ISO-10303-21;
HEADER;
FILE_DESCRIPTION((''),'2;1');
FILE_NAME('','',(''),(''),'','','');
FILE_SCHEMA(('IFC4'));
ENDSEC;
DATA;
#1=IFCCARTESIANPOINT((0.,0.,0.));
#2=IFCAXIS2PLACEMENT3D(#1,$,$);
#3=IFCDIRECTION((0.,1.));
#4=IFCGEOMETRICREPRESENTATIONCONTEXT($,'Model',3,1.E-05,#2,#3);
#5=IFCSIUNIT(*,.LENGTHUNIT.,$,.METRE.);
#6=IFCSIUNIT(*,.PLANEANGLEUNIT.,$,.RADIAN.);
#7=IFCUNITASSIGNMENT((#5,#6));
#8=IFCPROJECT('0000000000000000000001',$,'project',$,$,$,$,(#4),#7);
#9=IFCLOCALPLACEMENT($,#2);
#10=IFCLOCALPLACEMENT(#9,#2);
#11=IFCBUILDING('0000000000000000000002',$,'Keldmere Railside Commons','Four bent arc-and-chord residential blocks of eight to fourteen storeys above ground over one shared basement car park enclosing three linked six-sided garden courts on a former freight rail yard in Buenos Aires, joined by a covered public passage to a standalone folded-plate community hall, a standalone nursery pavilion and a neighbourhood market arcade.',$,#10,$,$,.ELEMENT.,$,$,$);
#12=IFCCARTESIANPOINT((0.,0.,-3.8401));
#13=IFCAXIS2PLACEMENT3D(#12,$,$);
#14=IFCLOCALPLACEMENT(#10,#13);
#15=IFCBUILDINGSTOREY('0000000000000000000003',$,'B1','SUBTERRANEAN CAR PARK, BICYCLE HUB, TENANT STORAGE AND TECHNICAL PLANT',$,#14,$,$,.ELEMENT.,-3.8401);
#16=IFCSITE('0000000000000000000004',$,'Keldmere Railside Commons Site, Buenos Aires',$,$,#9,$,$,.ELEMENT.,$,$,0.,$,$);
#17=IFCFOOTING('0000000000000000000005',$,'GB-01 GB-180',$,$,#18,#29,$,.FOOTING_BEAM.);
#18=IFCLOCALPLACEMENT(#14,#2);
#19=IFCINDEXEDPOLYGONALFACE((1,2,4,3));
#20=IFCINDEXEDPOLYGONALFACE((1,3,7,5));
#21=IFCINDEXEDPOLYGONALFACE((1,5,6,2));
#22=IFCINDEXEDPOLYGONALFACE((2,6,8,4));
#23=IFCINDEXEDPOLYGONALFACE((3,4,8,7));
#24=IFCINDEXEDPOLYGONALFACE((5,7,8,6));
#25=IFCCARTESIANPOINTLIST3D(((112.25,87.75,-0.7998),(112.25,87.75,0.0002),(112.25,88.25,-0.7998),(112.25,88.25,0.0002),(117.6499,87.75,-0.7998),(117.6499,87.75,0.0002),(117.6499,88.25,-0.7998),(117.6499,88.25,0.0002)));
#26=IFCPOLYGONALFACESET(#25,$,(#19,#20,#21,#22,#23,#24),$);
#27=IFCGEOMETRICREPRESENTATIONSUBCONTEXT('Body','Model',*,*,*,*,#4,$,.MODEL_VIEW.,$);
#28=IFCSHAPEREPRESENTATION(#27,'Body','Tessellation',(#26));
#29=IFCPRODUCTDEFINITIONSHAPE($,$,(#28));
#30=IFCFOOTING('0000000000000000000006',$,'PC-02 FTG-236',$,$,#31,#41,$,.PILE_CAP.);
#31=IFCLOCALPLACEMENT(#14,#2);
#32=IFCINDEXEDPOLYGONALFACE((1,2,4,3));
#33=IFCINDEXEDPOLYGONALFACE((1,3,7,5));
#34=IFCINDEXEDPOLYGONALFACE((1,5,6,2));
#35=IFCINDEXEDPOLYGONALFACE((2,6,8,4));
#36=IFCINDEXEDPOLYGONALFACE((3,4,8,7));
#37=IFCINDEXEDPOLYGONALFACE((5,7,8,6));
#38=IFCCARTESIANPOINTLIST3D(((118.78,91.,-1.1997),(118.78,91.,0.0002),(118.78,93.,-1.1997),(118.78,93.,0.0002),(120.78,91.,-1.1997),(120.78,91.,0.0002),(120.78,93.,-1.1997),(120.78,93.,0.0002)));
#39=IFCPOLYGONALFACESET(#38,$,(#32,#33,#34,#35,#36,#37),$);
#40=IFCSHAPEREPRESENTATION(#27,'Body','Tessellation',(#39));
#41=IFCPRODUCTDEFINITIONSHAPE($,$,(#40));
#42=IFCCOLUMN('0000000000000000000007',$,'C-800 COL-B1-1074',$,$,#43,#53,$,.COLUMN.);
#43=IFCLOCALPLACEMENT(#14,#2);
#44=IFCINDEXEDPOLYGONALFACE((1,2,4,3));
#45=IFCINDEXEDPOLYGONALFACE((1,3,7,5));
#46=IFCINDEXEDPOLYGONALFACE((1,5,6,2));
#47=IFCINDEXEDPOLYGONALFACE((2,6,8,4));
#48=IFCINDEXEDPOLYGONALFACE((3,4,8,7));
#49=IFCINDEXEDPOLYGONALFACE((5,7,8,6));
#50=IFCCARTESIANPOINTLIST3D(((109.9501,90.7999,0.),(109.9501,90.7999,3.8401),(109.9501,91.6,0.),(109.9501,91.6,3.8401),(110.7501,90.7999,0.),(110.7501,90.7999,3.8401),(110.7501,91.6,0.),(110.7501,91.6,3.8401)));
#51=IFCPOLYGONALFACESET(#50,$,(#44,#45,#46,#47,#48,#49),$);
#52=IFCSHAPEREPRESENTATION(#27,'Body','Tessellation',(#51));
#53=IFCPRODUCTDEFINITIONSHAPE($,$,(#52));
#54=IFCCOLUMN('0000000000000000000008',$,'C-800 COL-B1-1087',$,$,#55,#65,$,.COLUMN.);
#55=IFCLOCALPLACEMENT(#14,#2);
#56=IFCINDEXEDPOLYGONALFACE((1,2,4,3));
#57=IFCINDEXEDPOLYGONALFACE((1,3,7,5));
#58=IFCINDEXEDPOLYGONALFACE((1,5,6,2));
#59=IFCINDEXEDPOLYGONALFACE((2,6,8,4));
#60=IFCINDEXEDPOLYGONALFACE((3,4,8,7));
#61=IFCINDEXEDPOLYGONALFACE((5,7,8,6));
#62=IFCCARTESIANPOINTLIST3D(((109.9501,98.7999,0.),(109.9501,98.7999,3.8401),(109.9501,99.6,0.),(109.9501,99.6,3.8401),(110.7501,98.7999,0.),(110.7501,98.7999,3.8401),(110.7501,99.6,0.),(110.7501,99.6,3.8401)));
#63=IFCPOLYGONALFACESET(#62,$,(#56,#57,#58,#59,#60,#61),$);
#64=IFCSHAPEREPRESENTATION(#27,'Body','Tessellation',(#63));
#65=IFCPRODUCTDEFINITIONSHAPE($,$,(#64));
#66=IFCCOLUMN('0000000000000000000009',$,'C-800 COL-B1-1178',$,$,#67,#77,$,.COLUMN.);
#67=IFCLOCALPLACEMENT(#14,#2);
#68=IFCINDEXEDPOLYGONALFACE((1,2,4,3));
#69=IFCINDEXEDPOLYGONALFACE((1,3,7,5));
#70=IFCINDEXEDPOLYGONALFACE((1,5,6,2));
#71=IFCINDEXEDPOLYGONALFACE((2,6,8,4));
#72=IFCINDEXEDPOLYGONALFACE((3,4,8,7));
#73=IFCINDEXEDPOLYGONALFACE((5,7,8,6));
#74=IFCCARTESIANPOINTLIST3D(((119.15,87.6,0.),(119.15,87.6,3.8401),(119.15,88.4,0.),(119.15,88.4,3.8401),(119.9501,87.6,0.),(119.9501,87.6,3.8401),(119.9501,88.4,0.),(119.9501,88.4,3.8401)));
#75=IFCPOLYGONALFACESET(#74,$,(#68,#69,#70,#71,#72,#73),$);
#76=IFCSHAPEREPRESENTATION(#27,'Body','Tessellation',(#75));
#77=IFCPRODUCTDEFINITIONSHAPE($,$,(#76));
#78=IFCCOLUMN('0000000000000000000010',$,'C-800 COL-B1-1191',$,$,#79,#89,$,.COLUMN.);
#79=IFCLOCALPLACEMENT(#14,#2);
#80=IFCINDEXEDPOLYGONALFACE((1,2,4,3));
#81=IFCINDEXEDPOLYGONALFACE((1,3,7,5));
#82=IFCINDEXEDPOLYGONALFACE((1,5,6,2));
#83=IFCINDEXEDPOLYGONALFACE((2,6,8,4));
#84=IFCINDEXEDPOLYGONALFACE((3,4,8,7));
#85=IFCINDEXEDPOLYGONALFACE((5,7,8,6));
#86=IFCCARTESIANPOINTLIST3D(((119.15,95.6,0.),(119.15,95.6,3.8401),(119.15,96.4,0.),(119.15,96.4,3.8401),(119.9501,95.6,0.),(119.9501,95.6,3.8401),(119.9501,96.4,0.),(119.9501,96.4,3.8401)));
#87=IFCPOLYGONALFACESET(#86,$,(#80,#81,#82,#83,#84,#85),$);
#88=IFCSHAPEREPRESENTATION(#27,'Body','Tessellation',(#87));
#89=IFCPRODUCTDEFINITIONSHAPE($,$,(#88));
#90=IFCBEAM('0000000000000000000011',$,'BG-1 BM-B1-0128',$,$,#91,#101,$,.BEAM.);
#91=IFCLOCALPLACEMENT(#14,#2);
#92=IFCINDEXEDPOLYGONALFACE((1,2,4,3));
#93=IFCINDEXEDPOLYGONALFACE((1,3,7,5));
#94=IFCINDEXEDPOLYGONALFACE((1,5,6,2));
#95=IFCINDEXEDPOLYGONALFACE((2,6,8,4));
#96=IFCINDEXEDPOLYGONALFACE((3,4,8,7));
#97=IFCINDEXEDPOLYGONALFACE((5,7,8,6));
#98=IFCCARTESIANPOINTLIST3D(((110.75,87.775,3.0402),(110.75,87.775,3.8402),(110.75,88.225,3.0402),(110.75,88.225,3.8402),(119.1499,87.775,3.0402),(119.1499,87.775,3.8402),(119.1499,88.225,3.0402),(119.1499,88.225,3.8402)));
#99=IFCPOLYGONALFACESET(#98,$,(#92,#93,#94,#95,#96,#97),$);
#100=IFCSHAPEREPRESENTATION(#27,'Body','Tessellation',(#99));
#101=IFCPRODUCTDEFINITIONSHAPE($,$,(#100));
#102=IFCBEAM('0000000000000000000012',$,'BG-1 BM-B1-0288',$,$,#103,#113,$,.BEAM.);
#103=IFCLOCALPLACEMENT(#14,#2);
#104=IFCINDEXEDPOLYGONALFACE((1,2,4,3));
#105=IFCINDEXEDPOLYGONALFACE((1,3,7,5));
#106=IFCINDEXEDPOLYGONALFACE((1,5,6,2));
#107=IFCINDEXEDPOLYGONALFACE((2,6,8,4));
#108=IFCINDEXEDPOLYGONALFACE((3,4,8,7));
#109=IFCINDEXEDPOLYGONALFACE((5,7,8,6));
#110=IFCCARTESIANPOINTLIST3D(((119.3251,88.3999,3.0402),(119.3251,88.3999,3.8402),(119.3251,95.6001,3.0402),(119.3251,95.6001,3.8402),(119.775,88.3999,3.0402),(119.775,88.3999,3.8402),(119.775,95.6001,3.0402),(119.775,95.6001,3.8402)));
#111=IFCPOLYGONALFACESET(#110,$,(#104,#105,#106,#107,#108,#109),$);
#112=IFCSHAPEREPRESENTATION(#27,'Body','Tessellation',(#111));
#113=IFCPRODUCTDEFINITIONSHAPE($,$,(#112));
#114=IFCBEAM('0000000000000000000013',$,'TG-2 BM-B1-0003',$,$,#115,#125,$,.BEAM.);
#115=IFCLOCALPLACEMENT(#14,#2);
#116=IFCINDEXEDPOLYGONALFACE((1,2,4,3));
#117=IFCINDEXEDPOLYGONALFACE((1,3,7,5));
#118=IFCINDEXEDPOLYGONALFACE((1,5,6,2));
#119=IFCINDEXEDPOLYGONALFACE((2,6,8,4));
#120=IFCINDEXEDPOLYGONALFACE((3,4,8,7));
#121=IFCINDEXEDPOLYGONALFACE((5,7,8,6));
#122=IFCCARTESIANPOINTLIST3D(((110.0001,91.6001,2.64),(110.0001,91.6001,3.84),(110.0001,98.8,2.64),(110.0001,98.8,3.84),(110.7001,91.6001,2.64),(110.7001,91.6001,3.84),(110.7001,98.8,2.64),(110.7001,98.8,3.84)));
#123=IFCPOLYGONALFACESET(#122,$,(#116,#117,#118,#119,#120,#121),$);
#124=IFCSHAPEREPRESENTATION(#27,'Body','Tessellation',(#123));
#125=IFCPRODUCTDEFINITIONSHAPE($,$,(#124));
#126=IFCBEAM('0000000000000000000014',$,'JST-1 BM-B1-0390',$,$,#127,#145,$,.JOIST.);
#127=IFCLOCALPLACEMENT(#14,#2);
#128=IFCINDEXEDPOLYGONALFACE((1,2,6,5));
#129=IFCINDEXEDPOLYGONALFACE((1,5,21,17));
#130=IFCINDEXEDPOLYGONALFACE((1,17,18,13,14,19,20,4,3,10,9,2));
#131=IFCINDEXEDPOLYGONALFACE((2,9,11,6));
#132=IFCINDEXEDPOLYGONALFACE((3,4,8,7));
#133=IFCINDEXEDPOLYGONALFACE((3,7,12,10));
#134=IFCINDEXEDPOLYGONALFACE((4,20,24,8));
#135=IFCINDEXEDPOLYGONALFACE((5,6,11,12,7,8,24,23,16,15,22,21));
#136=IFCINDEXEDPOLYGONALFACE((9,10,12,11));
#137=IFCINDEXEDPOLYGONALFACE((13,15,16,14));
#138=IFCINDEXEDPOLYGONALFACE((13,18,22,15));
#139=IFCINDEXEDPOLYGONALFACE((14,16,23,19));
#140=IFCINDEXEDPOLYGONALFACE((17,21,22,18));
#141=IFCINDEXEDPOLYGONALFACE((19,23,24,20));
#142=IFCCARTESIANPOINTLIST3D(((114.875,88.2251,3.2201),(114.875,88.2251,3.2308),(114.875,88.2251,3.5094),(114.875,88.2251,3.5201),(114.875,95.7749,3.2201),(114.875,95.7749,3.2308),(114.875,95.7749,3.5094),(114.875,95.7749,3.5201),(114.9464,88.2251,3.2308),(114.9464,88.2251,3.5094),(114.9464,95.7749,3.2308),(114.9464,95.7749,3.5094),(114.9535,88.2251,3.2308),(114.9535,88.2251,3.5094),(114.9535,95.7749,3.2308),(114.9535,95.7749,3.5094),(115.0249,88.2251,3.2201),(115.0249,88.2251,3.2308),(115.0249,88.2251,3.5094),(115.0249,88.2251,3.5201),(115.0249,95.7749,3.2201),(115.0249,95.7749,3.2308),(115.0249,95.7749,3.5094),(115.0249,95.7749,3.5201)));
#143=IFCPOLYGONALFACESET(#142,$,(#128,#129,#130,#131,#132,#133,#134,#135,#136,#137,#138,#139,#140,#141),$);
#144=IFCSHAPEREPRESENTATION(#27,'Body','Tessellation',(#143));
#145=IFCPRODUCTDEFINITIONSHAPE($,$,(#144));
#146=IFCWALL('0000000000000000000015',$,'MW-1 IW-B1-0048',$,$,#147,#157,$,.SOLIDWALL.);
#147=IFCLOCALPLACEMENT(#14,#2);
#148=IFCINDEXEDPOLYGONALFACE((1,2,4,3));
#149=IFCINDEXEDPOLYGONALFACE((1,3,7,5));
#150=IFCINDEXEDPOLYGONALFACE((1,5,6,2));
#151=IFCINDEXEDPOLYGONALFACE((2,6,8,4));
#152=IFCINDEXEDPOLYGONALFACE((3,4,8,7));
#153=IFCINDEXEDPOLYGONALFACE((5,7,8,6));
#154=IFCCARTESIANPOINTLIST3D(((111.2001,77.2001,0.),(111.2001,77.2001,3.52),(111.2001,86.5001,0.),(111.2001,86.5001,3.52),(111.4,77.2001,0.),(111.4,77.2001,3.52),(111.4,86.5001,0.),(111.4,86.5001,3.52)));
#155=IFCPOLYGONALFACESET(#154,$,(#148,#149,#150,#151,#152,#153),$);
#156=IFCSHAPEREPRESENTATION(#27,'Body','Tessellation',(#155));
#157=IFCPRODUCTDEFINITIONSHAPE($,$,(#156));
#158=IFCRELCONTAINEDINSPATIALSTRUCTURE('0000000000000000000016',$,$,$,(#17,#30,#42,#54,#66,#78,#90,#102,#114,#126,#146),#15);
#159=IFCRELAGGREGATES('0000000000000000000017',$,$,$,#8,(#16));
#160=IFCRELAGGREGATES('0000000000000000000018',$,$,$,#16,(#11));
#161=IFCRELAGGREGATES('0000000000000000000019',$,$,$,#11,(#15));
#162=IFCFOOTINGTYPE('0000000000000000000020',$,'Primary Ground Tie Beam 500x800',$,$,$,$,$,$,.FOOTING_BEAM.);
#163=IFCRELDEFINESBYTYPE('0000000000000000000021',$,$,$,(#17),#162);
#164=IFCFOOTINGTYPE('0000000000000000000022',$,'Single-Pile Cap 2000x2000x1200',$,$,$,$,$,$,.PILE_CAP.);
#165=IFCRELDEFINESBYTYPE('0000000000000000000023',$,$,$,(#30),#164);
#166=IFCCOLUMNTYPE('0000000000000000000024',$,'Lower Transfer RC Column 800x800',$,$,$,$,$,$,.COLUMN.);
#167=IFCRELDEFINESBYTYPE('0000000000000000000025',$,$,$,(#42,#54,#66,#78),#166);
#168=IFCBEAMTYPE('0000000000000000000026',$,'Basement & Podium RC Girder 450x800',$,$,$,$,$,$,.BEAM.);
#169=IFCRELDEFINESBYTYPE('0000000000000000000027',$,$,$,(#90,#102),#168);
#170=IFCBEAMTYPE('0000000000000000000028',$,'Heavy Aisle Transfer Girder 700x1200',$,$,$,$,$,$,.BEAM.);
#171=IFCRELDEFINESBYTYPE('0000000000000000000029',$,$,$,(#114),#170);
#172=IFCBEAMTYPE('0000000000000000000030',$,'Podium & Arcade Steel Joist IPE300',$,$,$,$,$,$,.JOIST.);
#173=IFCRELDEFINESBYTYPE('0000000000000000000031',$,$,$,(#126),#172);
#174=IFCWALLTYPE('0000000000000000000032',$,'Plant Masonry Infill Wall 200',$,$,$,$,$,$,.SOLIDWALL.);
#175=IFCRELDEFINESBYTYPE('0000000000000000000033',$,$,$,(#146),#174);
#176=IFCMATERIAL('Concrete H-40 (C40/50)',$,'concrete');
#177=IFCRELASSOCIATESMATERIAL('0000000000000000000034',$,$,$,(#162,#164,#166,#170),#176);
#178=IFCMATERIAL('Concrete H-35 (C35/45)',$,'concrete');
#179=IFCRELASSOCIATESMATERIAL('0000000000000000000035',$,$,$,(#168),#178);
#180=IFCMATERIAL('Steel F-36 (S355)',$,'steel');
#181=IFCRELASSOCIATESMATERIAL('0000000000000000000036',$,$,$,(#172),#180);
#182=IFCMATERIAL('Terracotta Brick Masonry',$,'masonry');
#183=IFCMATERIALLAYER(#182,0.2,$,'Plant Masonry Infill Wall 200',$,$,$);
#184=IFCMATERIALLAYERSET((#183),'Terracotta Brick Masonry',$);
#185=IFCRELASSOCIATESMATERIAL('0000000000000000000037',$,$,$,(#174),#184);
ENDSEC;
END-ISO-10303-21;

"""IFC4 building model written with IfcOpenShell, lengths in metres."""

from ifc_helpers import new_model, si_unit, direction, frame, frame_2d, origin, origin_2d, place, context, subcontext, project, spatial, rectangle, i_section, extrude, material, layer, layer_set, material_profile, profile_set, type_object, element, save


model = new_model("IFC4")

# Units and contexts
model_context = context("Model", 3, precision=1e-05, world=origin(), true_north=direction((0.0, 1.0)))
body_context = subcontext(model_context, "Body", "Model", "MODEL_VIEW")
ifc_project = project(units=[si_unit("LENGTHUNIT", "METRE"), si_unit("PLANEANGLEUNIT", "RADIAN")], contexts=[model_context])

# Site, building, storey
site_placement = place(None, origin())
site = spatial("IfcSite", under=ifc_project, at=site_placement, Name="Keldmere Railside Commons Site, Buenos Aires", CompositionType="ELEMENT", RefElevation=0.0)
building_placement = place(site_placement, origin())
building = spatial("IfcBuilding", under=site, at=building_placement, Name="Keldmere Railside Commons", Description="Four bent arc-and-chord residential blocks of eight to fourteen storeys above ground over one shared basement car park enclosing three linked six-sided garden courts on a former freight rail yard in Buenos Aires, joined by a covered public passage to a standalone folded-plate community hall, a standalone nursery pavilion and a neighbourhood market arcade.", CompositionType="ELEMENT")
storey_placement = place(building_placement, frame((0.0, 0.0, -3.8401)))
storey = spatial("IfcBuildingStorey", under=building, at=storey_placement, Name="B1", Description="SUBTERRANEAN CAR PARK, BICYCLE HUB, TENANT STORAGE AND TECHNICAL PLANT", CompositionType="ELEMENT", Elevation=-3.8401)

# Footings
ifc_material_1 = material(Name="Concrete H-40 (C40/50)", Category="concrete")
footing_type_1 = type_object("IfcFootingType", Name="Primary Ground Tie Beam 500x800", PredefinedType="FOOTING_BEAM", material=ifc_material_1)
footing_1_placement = place(storey_placement, frame((114.95, 88.0, -0.7998), z_axis=(0.0, 0.0, 1.0), x_axis=(1.0, 0.0, 0.0)))
element("IfcFooting", 1, at=footing_1_placement, inside=storey, type_object=footing_type_1, Name="GB-01 GB-180", PredefinedType="FOOTING_BEAM", context=body_context, shape_type="SweptSolid", body=[
    extrude(rectangle(XDim=5.3999, YDim=0.5, at=origin_2d()), origin(), (0.0, 0.0, 1.0), 0.8),
])
footing_type_2 = type_object("IfcFootingType", Name="Single-Pile Cap 2000x2000x1200", PredefinedType="PILE_CAP", material=ifc_material_1)
footing_2_placement = place(storey_placement, frame((119.78, 92.0, -1.1997), z_axis=(0.0, 0.0, 1.0), x_axis=(1.0, 0.0, 0.0)))
element("IfcFooting", 2, at=footing_2_placement, inside=storey, type_object=footing_type_2, Name="PC-02 FTG-236", PredefinedType="PILE_CAP", context=body_context, shape_type="SweptSolid", body=[
    extrude(rectangle(XDim=2.0, YDim=2.0, at=origin_2d()), origin(), (0.0, 0.0, 1.0), 1.2),
])

# Columns
ifc_material_profile_1 = material_profile(ifc_material_1, rectangle(XDim=0.8, YDim=0.8, at=origin_2d()), Name="RC-800x800")
ifc_profile_set_1 = profile_set([ifc_material_profile_1], Name="Concrete H-40 (C40/50)")
column_type = type_object("IfcColumnType", Name="Lower Transfer RC Column 800x800", PredefinedType="COLUMN", material=ifc_profile_set_1)
for number, where, z_axis, x_axis, name in (
    (3, (110.3501, 91.2, 0.0), (0.0, 0.0, 1.0), (1.0, 0.0, 0.0), "C-800 COL-B1-1074"),
    (4, (110.3501, 99.2, 0.0), (0.0, 0.0, 1.0), (1.0, 0.0, 0.0), "C-800 COL-B1-1087"),
    (5, (119.55, 88.0, 0.0), (0.0, 0.0, 1.0), (1.0, 0.0, 0.0), "C-800 COL-B1-1178"),
    (6, (119.55, 96.0, 0.0), (0.0, 0.0, 1.0), (1.0, 0.0, 0.0), "C-800 COL-B1-1191"),
):
    element("IfcColumn", number, at=place(storey_placement, frame(where, z_axis=z_axis, x_axis=x_axis)), inside=storey, type_object=column_type, Name=name, PredefinedType="COLUMN", context=body_context, shape_type="SweptSolid", body=[
        extrude(rectangle(XDim=0.8, YDim=0.8, at=origin_2d()), origin(), (0.0, 0.0, 1.0), 3.8401),
    ])

# Beams
ifc_material_2 = material(Name="Concrete H-35 (C35/45)", Category="concrete")
ifc_material_profile_2 = material_profile(ifc_material_2, rectangle(XDim=0.45, YDim=0.8, at=origin_2d()), Name="RC-450x800")
ifc_profile_set_2 = profile_set([ifc_material_profile_2], Name="Concrete H-35 (C35/45)")
beam_type_1 = type_object("IfcBeamType", Name="Basement & Podium RC Girder 450x800", PredefinedType="BEAM", material=ifc_profile_set_2)
beam_1_placement = place(storey_placement, frame((110.75, 88.0, 3.4402), z_axis=(1.0, 0.0, 0.0), x_axis=(0.0, 1.0, 0.0)))
element("IfcBeam", 7, at=beam_1_placement, inside=storey, type_object=beam_type_1, Name="BG-1 BM-B1-0128", PredefinedType="BEAM", context=body_context, shape_type="SweptSolid", body=[
    extrude(rectangle(XDim=0.45, YDim=0.8, at=origin_2d()), origin(), (0.0, 0.0, 1.0), 8.3999),
])
beam_2_placement = place(storey_placement, frame((119.55, 88.3999, 3.4402), z_axis=(0.0, 1.0, 0.0), x_axis=(-1.0, 0.0, 0.0)))
element("IfcBeam", 8, at=beam_2_placement, inside=storey, type_object=beam_type_1, Name="BG-1 BM-B1-0288", PredefinedType="BEAM", context=body_context, shape_type="SweptSolid", body=[
    extrude(rectangle(XDim=0.45, YDim=0.8, at=origin_2d()), origin(), (0.0, 0.0, 1.0), 7.2002),
])
ifc_material_profile_3 = material_profile(ifc_material_1, rectangle(XDim=0.7, YDim=1.2, at=origin_2d()), Name="RC-700x1200")
ifc_profile_set_3 = profile_set([ifc_material_profile_3], Name="Concrete H-40 (C40/50)")
beam_type_2 = type_object("IfcBeamType", Name="Heavy Aisle Transfer Girder 700x1200", PredefinedType="BEAM", material=ifc_profile_set_3)
beam_3_placement = place(storey_placement, frame((110.3501, 91.6001, 3.24), z_axis=(0.0, 1.0, 0.0), x_axis=(-1.0, 0.0, 0.0)))
element("IfcBeam", 9, at=beam_3_placement, inside=storey, type_object=beam_type_2, Name="TG-2 BM-B1-0003", PredefinedType="BEAM", context=body_context, shape_type="SweptSolid", body=[
    extrude(rectangle(XDim=0.7, YDim=1.2, at=origin_2d()), origin(), (0.0, 0.0, 1.0), 7.2),
])
ifc_material_3 = material(Name="Steel F-36 (S355)", Category="steel")
ifc_material_profile_4 = material_profile(ifc_material_3, i_section(OverallWidth=0.1499, OverallDepth=0.3, WebThickness=0.0071, FlangeThickness=0.0107, at=origin_2d()), Name="IPE-300")
ifc_profile_set_4 = profile_set([ifc_material_profile_4], Name="Steel F-36 (S355)")
beam_type_3 = type_object("IfcBeamType", Name="Podium & Arcade Steel Joist IPE300", PredefinedType="JOIST", material=ifc_profile_set_4)
beam_4_placement = place(storey_placement, frame((114.95, 88.2251, 3.3701), z_axis=(0.0, 1.0, 0.0), x_axis=(-1.0, 0.0, 0.0)))
element("IfcBeam", 10, at=beam_4_placement, inside=storey, type_object=beam_type_3, Name="JST-1 BM-B1-0390", PredefinedType="JOIST", context=body_context, shape_type="SweptSolid", body=[
    extrude(i_section(OverallWidth=0.1499, OverallDepth=0.3, WebThickness=0.0071, FlangeThickness=0.0107, at=origin_2d()), origin(), (0.0, 0.0, 1.0), 7.5498),
])

# Wall
ifc_material_4 = material(Name="Terracotta Brick Masonry", Category="masonry")
ifc_layer = layer(ifc_material_4, 0.2, Name="Plant Masonry Infill Wall 200")
ifc_layer_set = layer_set([ifc_layer], Name="Terracotta Brick Masonry")
wall_type = type_object("IfcWallType", Name="Plant Masonry Infill Wall 200", PredefinedType="SOLIDWALL", material=ifc_layer_set)
wall_placement = place(storey_placement, frame((111.3, 86.5, 0.0), z_axis=(0.0, 0.0, 1.0), x_axis=(0.0, -1.0, 0.0)))
element("IfcWall", 11, at=wall_placement, inside=storey, type_object=wall_type, Name="MW-1 IW-B1-0048", PredefinedType="SOLIDWALL", context=body_context, shape_type="SweptSolid", body=[
    extrude(rectangle(XDim=9.3, YDim=0.2, at=frame_2d((4.6499, 0.0))), origin(), (0.0, 0.0, 1.0), 3.52),
])

save(model, "model.ifc")
